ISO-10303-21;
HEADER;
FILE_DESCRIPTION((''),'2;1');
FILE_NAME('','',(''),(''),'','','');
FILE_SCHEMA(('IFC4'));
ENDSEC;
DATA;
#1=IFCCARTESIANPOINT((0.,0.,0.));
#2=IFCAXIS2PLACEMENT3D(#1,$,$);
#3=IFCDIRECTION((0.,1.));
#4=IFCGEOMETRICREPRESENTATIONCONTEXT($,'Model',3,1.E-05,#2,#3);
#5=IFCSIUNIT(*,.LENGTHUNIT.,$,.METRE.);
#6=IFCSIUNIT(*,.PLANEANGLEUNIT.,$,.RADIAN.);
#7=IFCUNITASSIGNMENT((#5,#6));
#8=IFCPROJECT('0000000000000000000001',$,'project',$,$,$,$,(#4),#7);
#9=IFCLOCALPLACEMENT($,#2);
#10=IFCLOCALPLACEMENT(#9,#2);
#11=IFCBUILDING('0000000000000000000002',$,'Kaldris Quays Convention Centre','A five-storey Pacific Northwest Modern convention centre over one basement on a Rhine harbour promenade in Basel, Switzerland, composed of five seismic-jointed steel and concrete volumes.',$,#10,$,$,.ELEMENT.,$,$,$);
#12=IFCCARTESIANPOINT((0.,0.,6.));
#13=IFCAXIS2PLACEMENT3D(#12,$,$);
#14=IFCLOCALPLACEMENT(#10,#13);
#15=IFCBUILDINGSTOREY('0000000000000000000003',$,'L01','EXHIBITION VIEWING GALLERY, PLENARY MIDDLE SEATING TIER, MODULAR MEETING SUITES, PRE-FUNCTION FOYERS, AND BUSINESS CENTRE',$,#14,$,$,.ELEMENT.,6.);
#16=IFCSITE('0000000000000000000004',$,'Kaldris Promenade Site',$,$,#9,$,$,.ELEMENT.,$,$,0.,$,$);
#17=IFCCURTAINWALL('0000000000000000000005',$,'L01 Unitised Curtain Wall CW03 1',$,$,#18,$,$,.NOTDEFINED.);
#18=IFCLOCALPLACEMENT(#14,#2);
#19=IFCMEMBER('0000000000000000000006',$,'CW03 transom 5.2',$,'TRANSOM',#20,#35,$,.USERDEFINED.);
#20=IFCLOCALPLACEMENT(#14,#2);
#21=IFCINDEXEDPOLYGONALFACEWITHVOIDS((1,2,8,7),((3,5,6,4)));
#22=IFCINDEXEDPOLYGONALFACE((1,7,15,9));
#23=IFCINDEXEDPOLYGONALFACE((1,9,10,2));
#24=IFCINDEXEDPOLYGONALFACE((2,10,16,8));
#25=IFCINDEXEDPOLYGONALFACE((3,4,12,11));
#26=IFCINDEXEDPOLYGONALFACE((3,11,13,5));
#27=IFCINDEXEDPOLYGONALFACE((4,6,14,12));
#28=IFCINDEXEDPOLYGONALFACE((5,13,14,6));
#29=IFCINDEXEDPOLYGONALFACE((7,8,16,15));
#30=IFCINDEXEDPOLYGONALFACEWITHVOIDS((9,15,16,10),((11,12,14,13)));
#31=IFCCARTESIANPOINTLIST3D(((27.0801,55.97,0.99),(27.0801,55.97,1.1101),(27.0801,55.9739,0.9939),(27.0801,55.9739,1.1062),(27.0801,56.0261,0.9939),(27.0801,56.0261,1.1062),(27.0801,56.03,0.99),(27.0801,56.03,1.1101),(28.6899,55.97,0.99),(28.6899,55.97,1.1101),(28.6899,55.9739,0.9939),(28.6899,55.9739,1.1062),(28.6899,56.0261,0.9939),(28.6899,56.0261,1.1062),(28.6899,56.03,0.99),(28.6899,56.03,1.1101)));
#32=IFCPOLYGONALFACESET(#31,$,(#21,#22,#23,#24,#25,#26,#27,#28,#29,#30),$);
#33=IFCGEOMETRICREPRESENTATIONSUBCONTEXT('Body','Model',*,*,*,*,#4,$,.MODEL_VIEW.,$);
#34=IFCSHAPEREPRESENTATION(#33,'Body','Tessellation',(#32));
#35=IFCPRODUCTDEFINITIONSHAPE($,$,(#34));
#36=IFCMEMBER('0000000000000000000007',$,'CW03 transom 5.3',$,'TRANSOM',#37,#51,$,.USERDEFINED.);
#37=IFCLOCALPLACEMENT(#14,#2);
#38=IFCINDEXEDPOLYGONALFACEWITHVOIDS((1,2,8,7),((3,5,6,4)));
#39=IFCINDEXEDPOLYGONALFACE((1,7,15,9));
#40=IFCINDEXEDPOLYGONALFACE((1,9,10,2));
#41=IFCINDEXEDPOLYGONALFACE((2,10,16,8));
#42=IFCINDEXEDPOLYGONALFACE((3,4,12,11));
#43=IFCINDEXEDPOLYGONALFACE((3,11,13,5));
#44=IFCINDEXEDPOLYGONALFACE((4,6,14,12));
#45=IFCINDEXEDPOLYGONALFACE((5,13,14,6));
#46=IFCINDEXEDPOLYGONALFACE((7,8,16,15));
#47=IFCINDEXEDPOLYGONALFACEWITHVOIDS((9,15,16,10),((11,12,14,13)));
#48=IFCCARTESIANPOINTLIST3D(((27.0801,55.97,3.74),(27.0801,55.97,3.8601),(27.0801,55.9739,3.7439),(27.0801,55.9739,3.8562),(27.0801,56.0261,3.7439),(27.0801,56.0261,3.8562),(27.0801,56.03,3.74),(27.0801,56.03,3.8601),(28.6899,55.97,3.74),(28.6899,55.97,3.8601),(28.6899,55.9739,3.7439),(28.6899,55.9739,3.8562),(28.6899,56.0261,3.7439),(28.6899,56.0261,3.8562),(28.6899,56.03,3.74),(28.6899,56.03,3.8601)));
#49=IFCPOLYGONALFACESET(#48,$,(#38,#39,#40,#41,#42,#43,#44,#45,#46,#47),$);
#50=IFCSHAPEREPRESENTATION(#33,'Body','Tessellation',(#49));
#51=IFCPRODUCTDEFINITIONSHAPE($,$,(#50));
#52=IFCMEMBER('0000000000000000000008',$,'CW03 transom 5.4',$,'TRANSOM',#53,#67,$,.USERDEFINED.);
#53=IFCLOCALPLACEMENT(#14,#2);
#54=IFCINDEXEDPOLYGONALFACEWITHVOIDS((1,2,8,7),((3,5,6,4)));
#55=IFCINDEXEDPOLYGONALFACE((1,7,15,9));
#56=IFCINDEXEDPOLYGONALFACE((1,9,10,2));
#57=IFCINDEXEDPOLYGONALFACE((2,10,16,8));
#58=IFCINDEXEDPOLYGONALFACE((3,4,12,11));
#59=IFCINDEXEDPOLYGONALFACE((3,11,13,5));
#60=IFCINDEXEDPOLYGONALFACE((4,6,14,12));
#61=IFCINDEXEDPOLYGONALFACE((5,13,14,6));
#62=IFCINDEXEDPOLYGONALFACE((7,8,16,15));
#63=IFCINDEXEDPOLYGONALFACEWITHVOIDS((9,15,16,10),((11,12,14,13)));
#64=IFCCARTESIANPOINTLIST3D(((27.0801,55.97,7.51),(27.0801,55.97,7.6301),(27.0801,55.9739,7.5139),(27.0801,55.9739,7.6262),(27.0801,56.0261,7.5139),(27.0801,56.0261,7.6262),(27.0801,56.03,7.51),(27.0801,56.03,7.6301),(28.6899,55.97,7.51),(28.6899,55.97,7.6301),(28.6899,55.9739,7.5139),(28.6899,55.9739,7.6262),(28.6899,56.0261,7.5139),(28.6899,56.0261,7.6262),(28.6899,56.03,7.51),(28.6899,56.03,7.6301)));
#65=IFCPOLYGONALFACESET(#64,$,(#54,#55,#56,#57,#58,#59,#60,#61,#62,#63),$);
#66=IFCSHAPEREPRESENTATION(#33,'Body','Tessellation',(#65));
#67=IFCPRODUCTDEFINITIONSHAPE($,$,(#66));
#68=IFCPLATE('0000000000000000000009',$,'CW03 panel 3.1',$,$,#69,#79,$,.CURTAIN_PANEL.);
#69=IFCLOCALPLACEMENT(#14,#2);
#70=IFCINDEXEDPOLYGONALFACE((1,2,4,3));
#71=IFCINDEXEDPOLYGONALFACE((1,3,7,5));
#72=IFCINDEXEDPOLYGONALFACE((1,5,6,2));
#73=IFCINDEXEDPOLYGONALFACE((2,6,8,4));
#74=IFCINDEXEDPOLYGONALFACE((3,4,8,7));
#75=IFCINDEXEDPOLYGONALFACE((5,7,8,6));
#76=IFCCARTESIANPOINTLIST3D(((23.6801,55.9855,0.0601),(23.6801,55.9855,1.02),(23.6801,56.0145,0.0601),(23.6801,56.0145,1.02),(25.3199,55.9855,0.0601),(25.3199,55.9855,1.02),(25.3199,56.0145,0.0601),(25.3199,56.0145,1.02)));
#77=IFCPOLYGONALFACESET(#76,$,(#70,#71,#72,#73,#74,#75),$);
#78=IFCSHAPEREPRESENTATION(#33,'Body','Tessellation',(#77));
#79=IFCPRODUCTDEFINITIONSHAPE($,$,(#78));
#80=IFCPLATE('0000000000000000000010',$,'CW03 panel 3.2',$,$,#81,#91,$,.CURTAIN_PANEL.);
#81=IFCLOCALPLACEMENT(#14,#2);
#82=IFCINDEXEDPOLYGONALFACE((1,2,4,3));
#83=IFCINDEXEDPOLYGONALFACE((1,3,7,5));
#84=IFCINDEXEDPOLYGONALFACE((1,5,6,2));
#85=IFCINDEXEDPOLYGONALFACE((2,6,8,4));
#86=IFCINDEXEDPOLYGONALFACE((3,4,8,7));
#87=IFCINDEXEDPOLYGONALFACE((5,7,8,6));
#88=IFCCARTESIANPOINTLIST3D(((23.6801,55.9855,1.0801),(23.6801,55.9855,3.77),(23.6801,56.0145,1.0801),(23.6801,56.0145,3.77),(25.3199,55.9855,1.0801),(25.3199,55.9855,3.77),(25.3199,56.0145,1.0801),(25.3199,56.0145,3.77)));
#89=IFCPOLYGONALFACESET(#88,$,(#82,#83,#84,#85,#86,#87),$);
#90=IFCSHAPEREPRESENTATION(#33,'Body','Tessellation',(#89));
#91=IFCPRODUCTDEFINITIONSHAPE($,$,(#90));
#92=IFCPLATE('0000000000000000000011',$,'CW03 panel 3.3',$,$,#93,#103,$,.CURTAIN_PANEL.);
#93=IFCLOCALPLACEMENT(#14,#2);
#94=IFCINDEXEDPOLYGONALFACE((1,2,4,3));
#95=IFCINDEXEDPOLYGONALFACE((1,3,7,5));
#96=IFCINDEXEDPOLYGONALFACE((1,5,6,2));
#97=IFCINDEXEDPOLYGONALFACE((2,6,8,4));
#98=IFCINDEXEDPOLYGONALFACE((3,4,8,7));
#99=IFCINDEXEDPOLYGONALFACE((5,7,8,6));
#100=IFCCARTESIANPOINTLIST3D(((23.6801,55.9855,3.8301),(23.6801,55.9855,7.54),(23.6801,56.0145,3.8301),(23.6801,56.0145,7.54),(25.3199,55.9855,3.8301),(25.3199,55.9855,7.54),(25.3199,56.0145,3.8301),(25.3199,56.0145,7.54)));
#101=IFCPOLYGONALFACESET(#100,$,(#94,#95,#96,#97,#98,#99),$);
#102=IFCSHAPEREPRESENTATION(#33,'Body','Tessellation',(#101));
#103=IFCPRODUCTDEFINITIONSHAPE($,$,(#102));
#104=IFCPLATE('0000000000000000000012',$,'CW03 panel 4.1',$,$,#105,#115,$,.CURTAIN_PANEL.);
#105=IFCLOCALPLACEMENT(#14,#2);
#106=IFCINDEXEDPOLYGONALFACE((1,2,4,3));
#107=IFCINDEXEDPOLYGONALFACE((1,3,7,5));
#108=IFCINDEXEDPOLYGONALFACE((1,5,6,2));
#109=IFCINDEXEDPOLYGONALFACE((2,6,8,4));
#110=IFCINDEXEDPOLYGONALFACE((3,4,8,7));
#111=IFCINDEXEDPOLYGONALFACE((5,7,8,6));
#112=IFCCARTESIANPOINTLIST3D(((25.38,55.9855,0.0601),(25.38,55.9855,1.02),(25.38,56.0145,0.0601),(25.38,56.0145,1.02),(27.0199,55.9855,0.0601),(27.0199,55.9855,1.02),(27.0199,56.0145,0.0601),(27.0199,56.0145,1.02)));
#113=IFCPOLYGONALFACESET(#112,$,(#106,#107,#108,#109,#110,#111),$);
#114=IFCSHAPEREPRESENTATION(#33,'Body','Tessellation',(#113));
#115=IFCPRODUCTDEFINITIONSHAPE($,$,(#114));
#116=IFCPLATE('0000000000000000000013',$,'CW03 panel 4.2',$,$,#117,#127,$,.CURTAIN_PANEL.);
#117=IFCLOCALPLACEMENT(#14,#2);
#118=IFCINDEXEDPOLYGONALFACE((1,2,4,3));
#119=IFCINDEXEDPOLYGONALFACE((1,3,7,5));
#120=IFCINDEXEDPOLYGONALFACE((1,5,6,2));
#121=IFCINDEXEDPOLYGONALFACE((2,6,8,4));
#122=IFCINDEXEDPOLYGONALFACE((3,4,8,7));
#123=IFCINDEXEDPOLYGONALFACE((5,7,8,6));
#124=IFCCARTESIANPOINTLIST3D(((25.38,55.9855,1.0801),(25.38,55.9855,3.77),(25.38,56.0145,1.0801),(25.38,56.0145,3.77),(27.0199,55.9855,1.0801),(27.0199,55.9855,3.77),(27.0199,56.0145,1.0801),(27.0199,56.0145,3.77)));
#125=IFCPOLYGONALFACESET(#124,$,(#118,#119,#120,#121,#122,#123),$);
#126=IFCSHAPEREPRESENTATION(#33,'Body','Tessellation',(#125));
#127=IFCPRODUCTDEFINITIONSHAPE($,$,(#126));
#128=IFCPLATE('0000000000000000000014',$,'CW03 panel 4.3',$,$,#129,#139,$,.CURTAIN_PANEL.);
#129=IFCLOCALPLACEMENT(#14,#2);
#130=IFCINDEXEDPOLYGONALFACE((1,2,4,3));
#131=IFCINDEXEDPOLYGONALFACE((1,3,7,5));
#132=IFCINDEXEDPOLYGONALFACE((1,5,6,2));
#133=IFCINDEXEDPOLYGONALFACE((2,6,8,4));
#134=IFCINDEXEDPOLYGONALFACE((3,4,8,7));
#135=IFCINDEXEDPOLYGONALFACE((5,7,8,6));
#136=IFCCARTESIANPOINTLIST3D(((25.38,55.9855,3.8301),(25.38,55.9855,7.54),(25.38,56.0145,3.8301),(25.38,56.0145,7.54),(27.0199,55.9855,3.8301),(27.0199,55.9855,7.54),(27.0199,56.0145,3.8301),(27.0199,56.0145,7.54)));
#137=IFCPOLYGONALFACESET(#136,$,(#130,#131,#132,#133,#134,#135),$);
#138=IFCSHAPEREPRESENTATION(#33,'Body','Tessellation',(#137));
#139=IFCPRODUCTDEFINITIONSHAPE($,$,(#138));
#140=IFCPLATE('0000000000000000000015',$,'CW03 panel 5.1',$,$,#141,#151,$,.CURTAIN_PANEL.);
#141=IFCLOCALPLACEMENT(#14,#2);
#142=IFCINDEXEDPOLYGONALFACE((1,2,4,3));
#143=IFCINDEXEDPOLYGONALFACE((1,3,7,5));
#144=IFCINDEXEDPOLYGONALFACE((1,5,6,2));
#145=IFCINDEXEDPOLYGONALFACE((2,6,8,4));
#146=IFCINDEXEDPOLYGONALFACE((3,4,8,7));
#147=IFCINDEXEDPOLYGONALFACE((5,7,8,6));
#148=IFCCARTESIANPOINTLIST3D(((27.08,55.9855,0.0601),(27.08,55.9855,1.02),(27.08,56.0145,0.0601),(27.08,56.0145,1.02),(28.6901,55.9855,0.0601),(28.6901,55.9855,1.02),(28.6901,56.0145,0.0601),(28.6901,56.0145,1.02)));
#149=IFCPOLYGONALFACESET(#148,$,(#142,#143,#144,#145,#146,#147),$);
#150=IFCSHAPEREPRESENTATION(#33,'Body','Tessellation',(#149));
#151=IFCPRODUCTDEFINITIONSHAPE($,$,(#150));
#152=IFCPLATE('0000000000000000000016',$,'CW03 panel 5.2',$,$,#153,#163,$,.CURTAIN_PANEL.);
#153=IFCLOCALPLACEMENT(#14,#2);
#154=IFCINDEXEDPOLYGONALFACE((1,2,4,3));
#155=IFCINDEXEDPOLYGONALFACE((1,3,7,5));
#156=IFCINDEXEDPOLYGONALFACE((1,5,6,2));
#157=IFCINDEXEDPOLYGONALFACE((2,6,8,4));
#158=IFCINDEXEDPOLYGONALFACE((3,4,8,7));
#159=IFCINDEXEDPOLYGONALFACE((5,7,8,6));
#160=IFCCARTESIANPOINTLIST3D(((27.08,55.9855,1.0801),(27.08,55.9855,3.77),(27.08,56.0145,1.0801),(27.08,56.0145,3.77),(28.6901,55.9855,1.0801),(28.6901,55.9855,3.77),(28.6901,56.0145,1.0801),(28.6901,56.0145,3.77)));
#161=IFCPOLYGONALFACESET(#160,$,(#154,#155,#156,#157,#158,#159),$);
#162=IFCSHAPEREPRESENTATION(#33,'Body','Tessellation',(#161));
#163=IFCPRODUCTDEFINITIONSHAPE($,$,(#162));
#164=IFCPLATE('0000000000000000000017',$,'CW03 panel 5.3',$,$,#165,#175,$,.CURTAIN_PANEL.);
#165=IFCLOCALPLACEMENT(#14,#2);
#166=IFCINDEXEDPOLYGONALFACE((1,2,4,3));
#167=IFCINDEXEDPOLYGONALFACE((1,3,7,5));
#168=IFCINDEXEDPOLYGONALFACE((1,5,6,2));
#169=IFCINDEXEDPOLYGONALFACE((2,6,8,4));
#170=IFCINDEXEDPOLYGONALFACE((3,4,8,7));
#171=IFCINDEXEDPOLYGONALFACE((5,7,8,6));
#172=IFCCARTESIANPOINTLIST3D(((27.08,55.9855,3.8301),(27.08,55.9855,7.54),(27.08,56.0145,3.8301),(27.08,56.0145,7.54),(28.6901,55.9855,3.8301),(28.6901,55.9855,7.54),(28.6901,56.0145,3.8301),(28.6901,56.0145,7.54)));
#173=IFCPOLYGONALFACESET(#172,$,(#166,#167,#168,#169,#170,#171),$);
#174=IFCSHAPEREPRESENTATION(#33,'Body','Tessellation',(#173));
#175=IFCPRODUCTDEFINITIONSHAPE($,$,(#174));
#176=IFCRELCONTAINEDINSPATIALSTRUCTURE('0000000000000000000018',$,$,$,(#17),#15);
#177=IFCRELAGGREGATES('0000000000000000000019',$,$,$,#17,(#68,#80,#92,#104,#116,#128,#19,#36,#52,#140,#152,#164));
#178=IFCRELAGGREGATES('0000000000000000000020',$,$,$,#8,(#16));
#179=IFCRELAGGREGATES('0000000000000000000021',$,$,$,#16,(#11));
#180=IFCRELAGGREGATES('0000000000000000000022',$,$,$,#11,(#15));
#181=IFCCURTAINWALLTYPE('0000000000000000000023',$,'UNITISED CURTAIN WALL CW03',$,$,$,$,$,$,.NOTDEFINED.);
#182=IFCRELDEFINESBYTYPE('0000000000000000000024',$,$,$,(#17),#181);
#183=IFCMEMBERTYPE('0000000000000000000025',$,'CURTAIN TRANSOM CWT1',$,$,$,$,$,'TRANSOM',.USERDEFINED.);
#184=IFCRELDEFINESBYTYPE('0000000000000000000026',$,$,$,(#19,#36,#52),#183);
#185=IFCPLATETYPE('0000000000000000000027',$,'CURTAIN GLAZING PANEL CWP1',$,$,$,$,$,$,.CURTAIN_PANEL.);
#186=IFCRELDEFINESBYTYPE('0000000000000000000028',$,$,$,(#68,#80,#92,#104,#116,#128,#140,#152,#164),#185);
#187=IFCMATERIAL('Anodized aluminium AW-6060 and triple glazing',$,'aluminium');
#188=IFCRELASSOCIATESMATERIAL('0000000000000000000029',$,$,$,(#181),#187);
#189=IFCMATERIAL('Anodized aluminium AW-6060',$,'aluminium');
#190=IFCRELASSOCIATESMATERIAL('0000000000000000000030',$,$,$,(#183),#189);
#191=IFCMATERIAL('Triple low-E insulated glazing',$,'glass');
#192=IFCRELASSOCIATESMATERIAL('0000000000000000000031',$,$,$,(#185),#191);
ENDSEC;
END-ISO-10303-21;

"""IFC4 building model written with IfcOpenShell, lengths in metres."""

from ifc_helpers import new_model, si_unit, direction, frame, origin, origin_2d, place, context, subcontext, project, spatial, rectangle, hollow_rectangle, extrude, material, material_profile, profile_set, type_object, element, aggregate, save


model = new_model("IFC4")

# Units and contexts
model_context = context("Model", 3, precision=1e-05, world=origin(), true_north=direction((0.0, 1.0)))
body_context = subcontext(model_context, "Body", "Model", "MODEL_VIEW")
ifc_project = project(units=[si_unit("LENGTHUNIT", "METRE"), si_unit("PLANEANGLEUNIT", "RADIAN")], contexts=[model_context])

# Site, building, storey
site_placement = place(None, origin())
site = spatial("IfcSite", under=ifc_project, at=site_placement, Name="Kaldris Promenade Site", CompositionType="ELEMENT", RefElevation=0.0)
building_placement = place(site_placement, origin())
building = spatial("IfcBuilding", under=site, at=building_placement, Name="Kaldris Quays Convention Centre", Description="A five-storey Pacific Northwest Modern convention centre over one basement on a Rhine harbour promenade in Basel, Switzerland, composed of five seismic-jointed steel and concrete volumes.", CompositionType="ELEMENT")
storey_placement = place(building_placement, frame((0.0, 0.0, 6.0)))
storey = spatial("IfcBuildingStorey", under=building, at=storey_placement, Name="L01", Description="EXHIBITION VIEWING GALLERY, PLENARY MIDDLE SEATING TIER, MODULAR MEETING SUITES, PRE-FUNCTION FOYERS, AND BUSINESS CENTRE", CompositionType="ELEMENT", Elevation=6.0)

# Curtain wall, members, plates
ifc_material_1 = material(Name="Anodized aluminium AW-6060 and triple glazing", Category="aluminium")
curtain_wall_type = type_object("IfcCurtainWallType", Name="UNITISED CURTAIN WALL CW03", PredefinedType="NOTDEFINED", material=ifc_material_1)
curtain_wall_placement = place(storey_placement, origin())
curtain_wall = element("IfcCurtainWall", 1, at=curtain_wall_placement, inside=storey, type_object=curtain_wall_type, Name="L01 Unitised Curtain Wall CW03 1", PredefinedType="NOTDEFINED")
ifc_material_2 = material(Name="Anodized aluminium AW-6060", Category="aluminium")
ifc_material_profile_1 = material_profile(ifc_material_2, hollow_rectangle(XDim=0.0601, YDim=0.1201, WallThickness=0.0039, at=origin_2d()), Name="RHS 120x60x4")
ifc_profile_set_1 = profile_set([ifc_material_profile_1], Name="Anodized aluminium AW-6060")
member_type_1 = type_object("IfcMemberType", Name="CURTAIN TRANSOM CWT1", ElementType="TRANSOM", PredefinedType="USERDEFINED", material=ifc_profile_set_1)
member_1_placement = place(storey_placement, frame((27.0801, 56.0, 1.05), z_axis=(1.0, 0.0, 0.0), x_axis=(0.0, 1.0, 0.0)))
member_1 = element("IfcMember", 2, at=member_1_placement, type_object=member_type_1, Name="CW03 transom 5.2", ObjectType="TRANSOM", PredefinedType="USERDEFINED", context=body_context, shape_type="SweptSolid", body=[
    extrude(hollow_rectangle(XDim=0.0601, YDim=0.1201, WallThickness=0.0039, at=origin_2d()), origin(), (0.0, 0.0, 1.0), 1.6099),
])
member_2_placement = place(storey_placement, frame((27.0801, 56.0, 3.8), z_axis=(1.0, 0.0, 0.0), x_axis=(0.0, 1.0, 0.0)))
member_2 = element("IfcMember", 3, at=member_2_placement, type_object=member_type_1, Name="CW03 transom 5.3", ObjectType="TRANSOM", PredefinedType="USERDEFINED", context=body_context, shape_type="SweptSolid", body=[
    extrude(hollow_rectangle(XDim=0.0601, YDim=0.1201, WallThickness=0.0039, at=origin_2d()), origin(), (0.0, 0.0, 1.0), 1.6099),
])
member_3_placement = place(storey_placement, frame((27.0801, 56.0, 7.5701), z_axis=(1.0, 0.0, 0.0), x_axis=(0.0, 1.0, 0.0)))
member_3 = element("IfcMember", 4, at=member_3_placement, type_object=member_type_1, Name="CW03 transom 5.4", ObjectType="TRANSOM", PredefinedType="USERDEFINED", context=body_context, shape_type="SweptSolid", body=[
    extrude(hollow_rectangle(XDim=0.0601, YDim=0.1201, WallThickness=0.0039, at=origin_2d()), origin(), (0.0, 0.0, 1.0), 1.6099),
])
ifc_material_3 = material(Name="Triple low-E insulated glazing", Category="glass")
plate_type = type_object("IfcPlateType", Name="CURTAIN GLAZING PANEL CWP1", PredefinedType="CURTAIN_PANEL", material=ifc_material_3)
plate_1_placement = place(storey_placement, frame((24.5, 56.0, 0.0601), z_axis=(0.0, 0.0, 1.0), x_axis=(1.0, 0.0, 0.0)))
plate_1 = element("IfcPlate", 5, at=plate_1_placement, type_object=plate_type, Name="CW03 panel 3.1", PredefinedType="CURTAIN_PANEL", context=body_context, shape_type="SweptSolid", body=[
    extrude(rectangle(XDim=1.6399, YDim=0.0291, at=origin_2d()), origin(), (0.0, 0.0, 1.0), 0.96),
])
plate_2_placement = place(storey_placement, frame((24.5, 56.0, 1.0801), z_axis=(0.0, 0.0, 1.0), x_axis=(1.0, 0.0, 0.0)))
plate_2 = element("IfcPlate", 6, at=plate_2_placement, type_object=plate_type, Name="CW03 panel 3.2", PredefinedType="CURTAIN_PANEL", context=body_context, shape_type="SweptSolid", body=[
    extrude(rectangle(XDim=1.6399, YDim=0.0291, at=origin_2d()), origin(), (0.0, 0.0, 1.0), 2.6899),
])
plate_3_placement = place(storey_placement, frame((24.5, 56.0, 3.8301), z_axis=(0.0, 0.0, 1.0), x_axis=(1.0, 0.0, 0.0)))
plate_3 = element("IfcPlate", 7, at=plate_3_placement, type_object=plate_type, Name="CW03 panel 3.3", PredefinedType="CURTAIN_PANEL", context=body_context, shape_type="SweptSolid", body=[
    extrude(rectangle(XDim=1.6399, YDim=0.0291, at=origin_2d()), origin(), (0.0, 0.0, 1.0), 3.71),
])
plate_4_placement = place(storey_placement, frame((26.2, 56.0, 0.0601), z_axis=(0.0, 0.0, 1.0), x_axis=(1.0, 0.0, 0.0)))
plate_4 = element("IfcPlate", 8, at=plate_4_placement, type_object=plate_type, Name="CW03 panel 4.1", PredefinedType="CURTAIN_PANEL", context=body_context, shape_type="SweptSolid", body=[
    extrude(rectangle(XDim=1.6399, YDim=0.0291, at=origin_2d()), origin(), (0.0, 0.0, 1.0), 0.96),
])
plate_5_placement = place(storey_placement, frame((26.2, 56.0, 1.0801), z_axis=(0.0, 0.0, 1.0), x_axis=(1.0, 0.0, 0.0)))
plate_5 = element("IfcPlate", 9, at=plate_5_placement, type_object=plate_type, Name="CW03 panel 4.2", PredefinedType="CURTAIN_PANEL", context=body_context, shape_type="SweptSolid", body=[
    extrude(rectangle(XDim=1.6399, YDim=0.0291, at=origin_2d()), origin(), (0.0, 0.0, 1.0), 2.6899),
])
plate_6_placement = place(storey_placement, frame((26.2, 56.0, 3.8301), z_axis=(0.0, 0.0, 1.0), x_axis=(1.0, 0.0, 0.0)))
plate_6 = element("IfcPlate", 10, at=plate_6_placement, type_object=plate_type, Name="CW03 panel 4.3", PredefinedType="CURTAIN_PANEL", context=body_context, shape_type="SweptSolid", body=[
    extrude(rectangle(XDim=1.6399, YDim=0.0291, at=origin_2d()), origin(), (0.0, 0.0, 1.0), 3.71),
])
plate_7_placement = place(storey_placement, frame((27.885, 56.0, 0.0601), z_axis=(0.0, 0.0, 1.0), x_axis=(1.0, 0.0, 0.0)))
plate_7 = element("IfcPlate", 11, at=plate_7_placement, type_object=plate_type, Name="CW03 panel 5.1", PredefinedType="CURTAIN_PANEL", context=body_context, shape_type="SweptSolid", body=[
    extrude(rectangle(XDim=1.6101, YDim=0.0291, at=origin_2d()), origin(), (0.0, 0.0, 1.0), 0.96),
])
plate_8_placement = place(storey_placement, frame((27.885, 56.0, 1.0801), z_axis=(0.0, 0.0, 1.0), x_axis=(1.0, 0.0, 0.0)))
plate_8 = element("IfcPlate", 12, at=plate_8_placement, type_object=plate_type, Name="CW03 panel 5.2", PredefinedType="CURTAIN_PANEL", context=body_context, shape_type="SweptSolid", body=[
    extrude(rectangle(XDim=1.6101, YDim=0.0291, at=origin_2d()), origin(), (0.0, 0.0, 1.0), 2.6899),
])
plate_9_placement = place(storey_placement, frame((27.885, 56.0, 3.8301), z_axis=(0.0, 0.0, 1.0), x_axis=(1.0, 0.0, 0.0)))
plate_9 = element("IfcPlate", 13, at=plate_9_placement, type_object=plate_type, Name="CW03 panel 5.3", PredefinedType="CURTAIN_PANEL", context=body_context, shape_type="SweptSolid", body=[
    extrude(rectangle(XDim=1.6101, YDim=0.0291, at=origin_2d()), origin(), (0.0, 0.0, 1.0), 3.71),
])
aggregate(curtain_wall, [plate_1, plate_2, plate_3, plate_4, plate_5, plate_6, member_1, member_2, member_3, plate_7, plate_8, plate_9])

save(model, "model.ifc")
